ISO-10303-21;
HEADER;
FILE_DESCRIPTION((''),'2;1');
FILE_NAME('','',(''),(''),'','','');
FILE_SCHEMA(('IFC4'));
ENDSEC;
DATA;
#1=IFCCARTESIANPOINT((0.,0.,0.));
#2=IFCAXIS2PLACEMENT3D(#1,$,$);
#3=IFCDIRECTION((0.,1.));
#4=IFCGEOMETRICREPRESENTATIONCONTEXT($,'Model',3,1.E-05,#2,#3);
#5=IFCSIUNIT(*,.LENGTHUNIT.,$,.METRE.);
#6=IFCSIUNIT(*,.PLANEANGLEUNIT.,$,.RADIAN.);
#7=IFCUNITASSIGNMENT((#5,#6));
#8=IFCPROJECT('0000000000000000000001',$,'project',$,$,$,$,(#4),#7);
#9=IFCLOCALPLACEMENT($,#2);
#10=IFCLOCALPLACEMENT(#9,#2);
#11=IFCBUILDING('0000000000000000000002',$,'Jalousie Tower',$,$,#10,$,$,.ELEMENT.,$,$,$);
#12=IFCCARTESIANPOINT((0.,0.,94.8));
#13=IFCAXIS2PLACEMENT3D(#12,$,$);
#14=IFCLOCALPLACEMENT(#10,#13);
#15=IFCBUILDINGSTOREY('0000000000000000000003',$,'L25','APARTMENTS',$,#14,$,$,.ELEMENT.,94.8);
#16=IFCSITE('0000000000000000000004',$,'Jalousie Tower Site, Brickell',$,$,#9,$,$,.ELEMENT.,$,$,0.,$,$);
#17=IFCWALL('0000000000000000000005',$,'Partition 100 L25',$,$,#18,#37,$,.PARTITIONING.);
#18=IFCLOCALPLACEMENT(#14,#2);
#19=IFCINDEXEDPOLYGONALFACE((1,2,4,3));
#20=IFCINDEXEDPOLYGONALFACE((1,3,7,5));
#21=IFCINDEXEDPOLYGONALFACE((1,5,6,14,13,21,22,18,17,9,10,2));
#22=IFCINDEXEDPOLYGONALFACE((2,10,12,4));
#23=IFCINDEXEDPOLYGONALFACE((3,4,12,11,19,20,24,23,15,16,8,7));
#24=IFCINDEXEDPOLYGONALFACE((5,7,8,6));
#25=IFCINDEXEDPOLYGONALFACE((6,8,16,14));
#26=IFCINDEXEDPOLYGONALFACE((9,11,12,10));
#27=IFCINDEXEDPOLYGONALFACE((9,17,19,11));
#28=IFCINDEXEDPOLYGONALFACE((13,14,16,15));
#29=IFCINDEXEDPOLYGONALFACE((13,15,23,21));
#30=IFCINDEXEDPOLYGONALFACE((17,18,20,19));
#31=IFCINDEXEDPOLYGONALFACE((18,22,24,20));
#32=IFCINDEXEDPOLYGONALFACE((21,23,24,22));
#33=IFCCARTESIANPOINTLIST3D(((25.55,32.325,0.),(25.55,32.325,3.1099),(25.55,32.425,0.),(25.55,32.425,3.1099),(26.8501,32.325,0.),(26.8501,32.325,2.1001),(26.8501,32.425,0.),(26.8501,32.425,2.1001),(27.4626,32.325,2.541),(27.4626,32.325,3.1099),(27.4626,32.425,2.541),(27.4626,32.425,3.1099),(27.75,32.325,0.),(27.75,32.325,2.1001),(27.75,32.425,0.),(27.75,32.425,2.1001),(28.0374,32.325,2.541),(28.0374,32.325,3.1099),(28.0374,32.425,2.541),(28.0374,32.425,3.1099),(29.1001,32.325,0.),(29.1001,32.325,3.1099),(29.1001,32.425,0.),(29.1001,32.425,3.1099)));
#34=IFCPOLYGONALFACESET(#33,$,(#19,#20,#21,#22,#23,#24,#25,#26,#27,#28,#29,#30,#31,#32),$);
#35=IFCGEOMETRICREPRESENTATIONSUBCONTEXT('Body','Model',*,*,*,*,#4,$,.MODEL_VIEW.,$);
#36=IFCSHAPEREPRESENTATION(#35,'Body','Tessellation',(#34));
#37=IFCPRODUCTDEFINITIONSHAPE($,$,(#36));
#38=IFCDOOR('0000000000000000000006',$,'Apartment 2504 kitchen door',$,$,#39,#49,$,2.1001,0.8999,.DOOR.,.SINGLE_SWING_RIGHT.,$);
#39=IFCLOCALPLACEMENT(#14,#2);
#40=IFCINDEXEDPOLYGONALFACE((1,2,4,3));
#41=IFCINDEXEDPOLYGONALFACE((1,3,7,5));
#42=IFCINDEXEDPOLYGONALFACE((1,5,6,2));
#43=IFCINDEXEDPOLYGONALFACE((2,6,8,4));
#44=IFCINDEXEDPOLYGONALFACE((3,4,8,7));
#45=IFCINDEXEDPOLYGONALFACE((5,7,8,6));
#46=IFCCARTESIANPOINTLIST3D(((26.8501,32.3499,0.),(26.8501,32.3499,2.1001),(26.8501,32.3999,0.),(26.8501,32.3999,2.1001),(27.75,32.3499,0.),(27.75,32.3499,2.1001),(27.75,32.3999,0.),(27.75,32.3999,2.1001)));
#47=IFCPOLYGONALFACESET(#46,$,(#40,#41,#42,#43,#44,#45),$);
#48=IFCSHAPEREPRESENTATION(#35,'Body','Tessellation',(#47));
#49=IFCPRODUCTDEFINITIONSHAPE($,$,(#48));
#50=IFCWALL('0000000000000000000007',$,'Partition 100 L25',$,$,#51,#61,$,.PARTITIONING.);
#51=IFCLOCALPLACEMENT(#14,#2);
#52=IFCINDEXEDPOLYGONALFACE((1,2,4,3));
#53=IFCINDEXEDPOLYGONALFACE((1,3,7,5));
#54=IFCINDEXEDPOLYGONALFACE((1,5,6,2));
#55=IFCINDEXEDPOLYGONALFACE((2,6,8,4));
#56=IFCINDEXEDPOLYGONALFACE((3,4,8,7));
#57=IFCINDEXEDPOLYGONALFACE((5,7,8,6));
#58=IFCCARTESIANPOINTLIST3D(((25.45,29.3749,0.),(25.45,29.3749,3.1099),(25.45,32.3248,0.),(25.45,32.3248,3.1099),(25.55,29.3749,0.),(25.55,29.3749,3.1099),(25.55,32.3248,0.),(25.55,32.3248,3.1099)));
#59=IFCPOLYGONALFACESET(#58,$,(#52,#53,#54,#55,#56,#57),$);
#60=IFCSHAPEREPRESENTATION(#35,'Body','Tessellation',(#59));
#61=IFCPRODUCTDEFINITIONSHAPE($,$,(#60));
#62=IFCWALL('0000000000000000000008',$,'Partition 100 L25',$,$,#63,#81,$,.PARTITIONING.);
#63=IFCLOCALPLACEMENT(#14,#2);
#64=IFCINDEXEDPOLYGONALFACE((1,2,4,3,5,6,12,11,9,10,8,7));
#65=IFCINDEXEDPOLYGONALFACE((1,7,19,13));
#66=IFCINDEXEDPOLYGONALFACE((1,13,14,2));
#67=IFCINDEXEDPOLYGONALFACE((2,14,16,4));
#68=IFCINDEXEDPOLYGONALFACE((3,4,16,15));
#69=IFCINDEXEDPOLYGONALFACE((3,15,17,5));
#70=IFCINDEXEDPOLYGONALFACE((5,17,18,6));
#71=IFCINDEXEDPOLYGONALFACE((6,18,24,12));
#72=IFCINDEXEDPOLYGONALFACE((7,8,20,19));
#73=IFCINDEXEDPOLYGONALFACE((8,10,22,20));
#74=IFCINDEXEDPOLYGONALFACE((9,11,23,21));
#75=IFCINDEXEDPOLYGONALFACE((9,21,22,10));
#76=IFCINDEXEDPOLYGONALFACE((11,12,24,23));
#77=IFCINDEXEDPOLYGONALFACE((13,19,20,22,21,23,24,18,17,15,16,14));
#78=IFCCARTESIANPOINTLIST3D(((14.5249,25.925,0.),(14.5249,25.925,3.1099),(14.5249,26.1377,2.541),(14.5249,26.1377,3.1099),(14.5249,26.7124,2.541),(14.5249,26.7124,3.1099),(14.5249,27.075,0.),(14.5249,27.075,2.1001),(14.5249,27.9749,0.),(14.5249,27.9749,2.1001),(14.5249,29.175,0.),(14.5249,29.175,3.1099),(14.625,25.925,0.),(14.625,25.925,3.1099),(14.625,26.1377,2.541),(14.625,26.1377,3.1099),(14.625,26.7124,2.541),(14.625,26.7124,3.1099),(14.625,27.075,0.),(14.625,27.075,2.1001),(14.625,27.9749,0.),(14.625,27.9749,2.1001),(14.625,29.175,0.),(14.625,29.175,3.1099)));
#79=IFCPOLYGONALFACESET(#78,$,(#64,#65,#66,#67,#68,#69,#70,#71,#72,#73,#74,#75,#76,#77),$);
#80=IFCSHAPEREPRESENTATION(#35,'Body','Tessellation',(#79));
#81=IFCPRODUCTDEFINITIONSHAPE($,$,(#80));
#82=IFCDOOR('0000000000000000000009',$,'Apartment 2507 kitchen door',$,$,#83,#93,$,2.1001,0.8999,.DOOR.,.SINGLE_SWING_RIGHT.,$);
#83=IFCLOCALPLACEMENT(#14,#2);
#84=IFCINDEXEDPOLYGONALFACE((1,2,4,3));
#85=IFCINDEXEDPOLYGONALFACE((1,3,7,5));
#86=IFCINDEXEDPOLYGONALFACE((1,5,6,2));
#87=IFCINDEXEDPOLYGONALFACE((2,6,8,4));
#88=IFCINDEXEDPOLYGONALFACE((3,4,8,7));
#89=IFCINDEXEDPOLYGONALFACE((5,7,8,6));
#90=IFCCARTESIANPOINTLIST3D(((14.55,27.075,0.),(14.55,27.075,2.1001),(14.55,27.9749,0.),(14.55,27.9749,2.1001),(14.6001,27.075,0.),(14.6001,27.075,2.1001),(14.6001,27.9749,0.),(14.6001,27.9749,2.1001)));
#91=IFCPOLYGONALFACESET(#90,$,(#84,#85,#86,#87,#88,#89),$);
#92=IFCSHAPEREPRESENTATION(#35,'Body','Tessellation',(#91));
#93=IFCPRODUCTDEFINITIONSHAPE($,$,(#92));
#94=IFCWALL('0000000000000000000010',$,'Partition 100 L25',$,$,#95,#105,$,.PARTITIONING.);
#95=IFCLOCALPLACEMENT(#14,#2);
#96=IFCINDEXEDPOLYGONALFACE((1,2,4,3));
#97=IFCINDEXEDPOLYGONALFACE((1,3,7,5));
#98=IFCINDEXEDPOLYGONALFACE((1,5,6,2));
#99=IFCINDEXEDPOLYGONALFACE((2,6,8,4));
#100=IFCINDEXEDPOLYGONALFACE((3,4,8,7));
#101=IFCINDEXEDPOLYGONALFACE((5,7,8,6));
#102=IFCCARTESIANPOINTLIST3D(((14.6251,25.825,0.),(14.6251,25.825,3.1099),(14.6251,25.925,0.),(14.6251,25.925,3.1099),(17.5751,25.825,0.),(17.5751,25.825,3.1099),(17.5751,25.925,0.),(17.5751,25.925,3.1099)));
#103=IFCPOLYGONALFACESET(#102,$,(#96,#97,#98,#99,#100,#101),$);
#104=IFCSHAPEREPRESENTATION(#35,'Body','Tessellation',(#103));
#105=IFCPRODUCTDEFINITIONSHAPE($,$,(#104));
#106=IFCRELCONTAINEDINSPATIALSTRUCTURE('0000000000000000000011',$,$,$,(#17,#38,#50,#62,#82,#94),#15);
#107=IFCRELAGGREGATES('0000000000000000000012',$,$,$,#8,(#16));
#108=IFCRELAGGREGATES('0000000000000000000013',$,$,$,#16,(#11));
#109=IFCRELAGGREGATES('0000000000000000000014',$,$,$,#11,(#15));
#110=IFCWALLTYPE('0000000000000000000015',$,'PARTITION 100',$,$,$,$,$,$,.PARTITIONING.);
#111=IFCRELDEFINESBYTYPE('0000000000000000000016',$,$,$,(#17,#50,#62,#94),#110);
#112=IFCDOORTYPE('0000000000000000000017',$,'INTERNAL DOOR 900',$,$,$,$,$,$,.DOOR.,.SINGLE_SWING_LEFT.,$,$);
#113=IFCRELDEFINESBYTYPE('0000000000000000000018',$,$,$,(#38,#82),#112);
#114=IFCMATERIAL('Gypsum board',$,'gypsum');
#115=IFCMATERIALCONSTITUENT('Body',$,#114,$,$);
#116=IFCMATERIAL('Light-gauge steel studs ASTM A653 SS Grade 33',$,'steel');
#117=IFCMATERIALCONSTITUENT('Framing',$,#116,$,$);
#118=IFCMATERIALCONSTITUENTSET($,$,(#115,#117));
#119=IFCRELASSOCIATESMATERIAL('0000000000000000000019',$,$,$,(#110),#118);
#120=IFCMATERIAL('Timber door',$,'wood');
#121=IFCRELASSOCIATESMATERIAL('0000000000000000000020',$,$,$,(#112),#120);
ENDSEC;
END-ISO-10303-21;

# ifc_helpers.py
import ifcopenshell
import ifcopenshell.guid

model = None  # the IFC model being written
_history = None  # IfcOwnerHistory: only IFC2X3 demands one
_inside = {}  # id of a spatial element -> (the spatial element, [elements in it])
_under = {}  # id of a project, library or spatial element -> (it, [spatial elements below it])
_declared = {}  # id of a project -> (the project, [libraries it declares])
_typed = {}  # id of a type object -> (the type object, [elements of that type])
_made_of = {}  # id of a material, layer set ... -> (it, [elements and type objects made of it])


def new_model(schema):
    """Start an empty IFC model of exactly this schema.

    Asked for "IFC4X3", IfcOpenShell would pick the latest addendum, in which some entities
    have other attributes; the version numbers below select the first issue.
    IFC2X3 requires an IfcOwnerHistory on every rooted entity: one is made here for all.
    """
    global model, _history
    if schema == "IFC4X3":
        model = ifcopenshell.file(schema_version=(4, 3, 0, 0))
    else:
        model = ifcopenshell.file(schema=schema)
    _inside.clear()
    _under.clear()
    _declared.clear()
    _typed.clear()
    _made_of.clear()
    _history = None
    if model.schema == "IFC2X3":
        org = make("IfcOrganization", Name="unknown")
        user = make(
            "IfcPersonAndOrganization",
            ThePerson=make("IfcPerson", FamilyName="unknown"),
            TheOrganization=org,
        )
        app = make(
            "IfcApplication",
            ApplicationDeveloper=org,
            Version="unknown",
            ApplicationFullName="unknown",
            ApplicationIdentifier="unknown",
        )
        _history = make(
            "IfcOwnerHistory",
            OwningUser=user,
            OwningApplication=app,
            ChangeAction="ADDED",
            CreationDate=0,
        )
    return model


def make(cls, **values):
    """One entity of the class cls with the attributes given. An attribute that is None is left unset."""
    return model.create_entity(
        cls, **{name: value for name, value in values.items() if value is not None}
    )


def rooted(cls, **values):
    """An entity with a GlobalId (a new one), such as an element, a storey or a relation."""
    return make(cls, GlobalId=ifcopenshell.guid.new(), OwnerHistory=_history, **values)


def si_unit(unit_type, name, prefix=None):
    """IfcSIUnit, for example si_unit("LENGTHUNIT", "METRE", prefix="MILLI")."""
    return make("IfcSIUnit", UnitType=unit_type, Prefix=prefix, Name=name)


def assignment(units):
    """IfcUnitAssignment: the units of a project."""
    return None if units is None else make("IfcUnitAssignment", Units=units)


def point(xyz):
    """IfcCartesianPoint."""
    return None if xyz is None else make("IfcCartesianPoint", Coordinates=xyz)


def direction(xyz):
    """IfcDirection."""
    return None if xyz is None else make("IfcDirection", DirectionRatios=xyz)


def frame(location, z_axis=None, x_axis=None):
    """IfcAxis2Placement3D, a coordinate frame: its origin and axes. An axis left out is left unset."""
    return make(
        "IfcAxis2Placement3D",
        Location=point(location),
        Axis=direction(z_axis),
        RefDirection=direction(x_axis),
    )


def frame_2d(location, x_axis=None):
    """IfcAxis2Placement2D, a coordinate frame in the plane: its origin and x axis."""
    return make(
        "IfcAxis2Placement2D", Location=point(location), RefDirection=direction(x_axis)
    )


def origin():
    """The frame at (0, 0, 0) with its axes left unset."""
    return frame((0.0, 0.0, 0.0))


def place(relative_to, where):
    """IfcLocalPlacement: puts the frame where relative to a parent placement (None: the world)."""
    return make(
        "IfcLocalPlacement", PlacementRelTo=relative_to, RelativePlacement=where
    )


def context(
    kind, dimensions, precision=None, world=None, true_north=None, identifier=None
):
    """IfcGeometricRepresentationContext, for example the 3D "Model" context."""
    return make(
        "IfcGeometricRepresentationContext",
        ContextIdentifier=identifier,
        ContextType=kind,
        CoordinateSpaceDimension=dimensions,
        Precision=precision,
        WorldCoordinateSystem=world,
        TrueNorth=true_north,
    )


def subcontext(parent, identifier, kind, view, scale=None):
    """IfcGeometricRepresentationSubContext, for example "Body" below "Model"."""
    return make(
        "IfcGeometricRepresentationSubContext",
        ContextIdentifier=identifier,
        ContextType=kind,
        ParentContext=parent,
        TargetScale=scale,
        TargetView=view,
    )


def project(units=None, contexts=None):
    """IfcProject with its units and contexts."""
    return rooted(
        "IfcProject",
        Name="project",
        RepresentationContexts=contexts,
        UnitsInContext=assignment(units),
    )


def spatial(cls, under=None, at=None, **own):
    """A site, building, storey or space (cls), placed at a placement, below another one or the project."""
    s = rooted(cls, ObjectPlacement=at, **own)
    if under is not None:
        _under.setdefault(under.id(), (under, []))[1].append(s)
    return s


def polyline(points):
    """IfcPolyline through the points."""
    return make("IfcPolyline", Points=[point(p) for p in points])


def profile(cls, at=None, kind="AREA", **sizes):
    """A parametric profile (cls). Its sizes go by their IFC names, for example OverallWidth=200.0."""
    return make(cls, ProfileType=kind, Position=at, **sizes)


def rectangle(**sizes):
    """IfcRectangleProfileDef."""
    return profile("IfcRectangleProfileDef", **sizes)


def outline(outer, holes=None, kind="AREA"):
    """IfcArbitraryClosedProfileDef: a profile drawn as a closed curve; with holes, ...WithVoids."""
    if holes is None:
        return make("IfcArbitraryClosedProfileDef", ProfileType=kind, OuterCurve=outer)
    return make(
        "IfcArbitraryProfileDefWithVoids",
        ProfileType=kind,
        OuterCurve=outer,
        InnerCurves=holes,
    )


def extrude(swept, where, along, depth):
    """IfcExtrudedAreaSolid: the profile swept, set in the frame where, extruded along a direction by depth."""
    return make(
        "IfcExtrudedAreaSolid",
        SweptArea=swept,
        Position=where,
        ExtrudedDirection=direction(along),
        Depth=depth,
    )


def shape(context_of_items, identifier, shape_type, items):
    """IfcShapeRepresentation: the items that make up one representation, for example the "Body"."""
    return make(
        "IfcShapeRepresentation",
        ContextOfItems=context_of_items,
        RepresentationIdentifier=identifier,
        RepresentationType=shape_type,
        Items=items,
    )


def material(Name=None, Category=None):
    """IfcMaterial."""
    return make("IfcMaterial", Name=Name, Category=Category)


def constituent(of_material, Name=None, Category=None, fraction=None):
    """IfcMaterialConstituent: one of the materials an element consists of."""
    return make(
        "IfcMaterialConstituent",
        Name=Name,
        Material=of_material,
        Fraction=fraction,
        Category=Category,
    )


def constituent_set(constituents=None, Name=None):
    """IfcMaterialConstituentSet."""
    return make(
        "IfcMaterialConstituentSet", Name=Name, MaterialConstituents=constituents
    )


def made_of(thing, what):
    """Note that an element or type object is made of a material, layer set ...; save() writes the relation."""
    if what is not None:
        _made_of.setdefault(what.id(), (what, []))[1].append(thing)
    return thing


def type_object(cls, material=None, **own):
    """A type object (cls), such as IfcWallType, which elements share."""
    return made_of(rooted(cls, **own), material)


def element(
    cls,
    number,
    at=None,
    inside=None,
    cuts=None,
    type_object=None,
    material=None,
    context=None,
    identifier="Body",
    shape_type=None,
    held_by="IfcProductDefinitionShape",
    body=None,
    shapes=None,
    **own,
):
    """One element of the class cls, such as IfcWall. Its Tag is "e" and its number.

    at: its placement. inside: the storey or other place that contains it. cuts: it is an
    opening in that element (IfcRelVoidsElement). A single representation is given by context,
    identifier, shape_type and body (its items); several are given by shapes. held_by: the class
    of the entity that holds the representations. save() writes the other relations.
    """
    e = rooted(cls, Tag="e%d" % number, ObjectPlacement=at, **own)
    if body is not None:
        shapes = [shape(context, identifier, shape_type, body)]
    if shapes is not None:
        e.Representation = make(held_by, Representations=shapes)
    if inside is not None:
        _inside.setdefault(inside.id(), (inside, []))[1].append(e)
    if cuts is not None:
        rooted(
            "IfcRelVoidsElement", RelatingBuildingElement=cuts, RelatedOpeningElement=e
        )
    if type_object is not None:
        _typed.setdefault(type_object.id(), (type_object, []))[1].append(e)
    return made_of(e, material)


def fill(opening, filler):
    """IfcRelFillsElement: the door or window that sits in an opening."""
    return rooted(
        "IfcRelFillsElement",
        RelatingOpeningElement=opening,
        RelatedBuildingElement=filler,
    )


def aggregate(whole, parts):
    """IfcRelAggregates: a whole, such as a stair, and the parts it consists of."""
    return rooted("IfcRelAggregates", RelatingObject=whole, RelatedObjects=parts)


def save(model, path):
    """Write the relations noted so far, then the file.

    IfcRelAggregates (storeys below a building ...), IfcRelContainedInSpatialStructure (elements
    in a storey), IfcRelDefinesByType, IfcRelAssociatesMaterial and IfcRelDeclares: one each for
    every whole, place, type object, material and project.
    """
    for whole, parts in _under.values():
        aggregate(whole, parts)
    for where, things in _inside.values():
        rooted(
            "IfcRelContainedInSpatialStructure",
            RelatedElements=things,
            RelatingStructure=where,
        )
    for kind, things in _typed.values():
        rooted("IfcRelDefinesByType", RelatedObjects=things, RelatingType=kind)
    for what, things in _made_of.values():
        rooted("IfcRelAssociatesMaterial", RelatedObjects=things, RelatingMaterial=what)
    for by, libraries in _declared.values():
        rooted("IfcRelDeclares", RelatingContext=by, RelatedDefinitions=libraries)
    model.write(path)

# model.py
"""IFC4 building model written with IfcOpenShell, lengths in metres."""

from ifc_helpers import new_model, si_unit, direction, frame, frame_2d, origin, place, context, subcontext, project, spatial, polyline, rectangle, outline, extrude, material, constituent, constituent_set, type_object, element, fill, save


model = new_model("IFC4")

# Units and contexts
model_context = context("Model", 3, precision=1e-05, world=origin(), true_north=direction((0.0, 1.0)))
body_context = subcontext(model_context, "Body", "Model", "MODEL_VIEW")
ifc_project = project(units=[si_unit("LENGTHUNIT", "METRE"), si_unit("PLANEANGLEUNIT", "RADIAN")], contexts=[model_context])

# Site, building, storey
site_placement = place(None, origin())
site = spatial("IfcSite", under=ifc_project, at=site_placement, Name="Jalousie Tower Site, Brickell", CompositionType="ELEMENT", RefElevation=0.0)
building_placement = place(site_placement, origin())
building = spatial("IfcBuilding", under=site, at=building_placement, Name="Jalousie Tower", CompositionType="ELEMENT")
storey_placement = place(building_placement, frame((0.0, 0.0, 94.8)))
storey = spatial("IfcBuildingStorey", under=building, at=storey_placement, Name="L25", Description="APARTMENTS", CompositionType="ELEMENT", Elevation=94.8)

# Wall, opening, door
ifc_material_1 = material(Name="Gypsum board", Category="gypsum")
ifc_constituent_1 = constituent(ifc_material_1, Name="Body")
ifc_material_2 = material(Name="Light-gauge steel studs ASTM A653 SS Grade 33", Category="steel")
ifc_constituent_2 = constituent(ifc_material_2, Name="Framing")
ifc_constituent_set_1 = constituent_set(constituents=[ifc_constituent_1, ifc_constituent_2])
wall_type_1 = type_object("IfcWallType", Name="PARTITION 100", PredefinedType="PARTITIONING", material=ifc_constituent_set_1)
wall_1_placement = place(storey_placement, frame((25.55, 32.375, 0.0), z_axis=(0.0, 0.0, 1.0), x_axis=(1.0, 0.0, 0.0)))
wall_1 = element("IfcWall", 1, at=wall_1_placement, inside=storey, type_object=wall_type_1, Name="Partition 100 L25", PredefinedType="PARTITIONING", context=body_context, shape_type="SweptSolid", body=[
    extrude(outline(polyline([(0.0, 0.0), (3.55, 0.0), (3.55, 3.1099), (2.4873, 3.1099), (2.4873, 2.541), (1.9126, 2.541), (1.9126, 3.1099), (0.0, 3.1099), (0.0, 0.0)])), frame((0.0, 0.05, 0.0), z_axis=(0.0, -1.0, 0.0), x_axis=(1.0, 0.0, 0.0)), (0.0, 0.0, 1.0), 0.1001),
])
opening_1_placement = place(wall_1_placement, frame((1.3, 0.0, 0.0)))
opening_1 = element("IfcOpeningElement", 2, at=opening_1_placement, cuts=wall_1, PredefinedType="OPENING", context=body_context, shape_type="SweptSolid", body=[
    extrude(rectangle(XDim=0.8999, YDim=2.1001, at=frame_2d((0.45, 1.05))), frame((0.0, 0.0601, 0.0), z_axis=(0.0, -1.0, 0.0), x_axis=(1.0, 0.0, 0.0)), (0.0, 0.0, 1.0), 0.1201),
])
ifc_material_3 = material(Name="Timber door", Category="wood")
door_type_1 = type_object("IfcDoorType", Name="INTERNAL DOOR 900", OperationType="SINGLE_SWING_LEFT", PredefinedType="DOOR", material=ifc_material_3)
door_1_placement = place(opening_1_placement, origin())
door_1 = element("IfcDoor", 3, at=door_1_placement, inside=storey, type_object=door_type_1, Name="Apartment 2504 kitchen door", OperationType="SINGLE_SWING_RIGHT", OverallHeight=2.1001, OverallWidth=0.8999, PredefinedType="DOOR", context=body_context, shape_type="SweptSolid", body=[
    extrude(rectangle(XDim=0.8999, YDim=2.1001, at=frame_2d((0.45, 1.05))), frame((0.0, 0.0249, 0.0), z_axis=(0.0, -1.0, 0.0), x_axis=(1.0, 0.0, 0.0)), (0.0, 0.0, 1.0), 0.05),
])
fill(opening_1, door_1)

# Wall
wall_2_placement = place(storey_placement, frame((25.5, 32.325, 0.0), z_axis=(0.0, 0.0, 1.0), x_axis=(0.0, -1.0, 0.0)))
element("IfcWall", 4, at=wall_2_placement, inside=storey, type_object=wall_type_1, Name="Partition 100 L25", PredefinedType="PARTITIONING", context=body_context, shape_type="SweptSolid", body=[
    extrude(rectangle(XDim=2.95, YDim=0.1001, at=frame_2d((1.4751, 0.0))), origin(), (0.0, 0.0, 1.0), 3.1099),
])

# Wall, opening, door
wall_3_placement = place(storey_placement, frame((14.575, 25.925, 0.0), z_axis=(0.0, 0.0, 1.0), x_axis=(0.0, 1.0, 0.0)))
wall_3 = element("IfcWall", 5, at=wall_3_placement, inside=storey, type_object=wall_type_1, Name="Partition 100 L25", PredefinedType="PARTITIONING", context=body_context, shape_type="SweptSolid", body=[
    extrude(outline(polyline([(0.0, 0.0), (3.25, 0.0), (3.25, 3.1099), (0.7874, 3.1099), (0.7874, 2.541), (0.2126, 2.541), (0.2126, 3.1099), (0.0, 3.1099), (0.0, 0.0)])), frame((0.0, 0.05, 0.0), z_axis=(0.0, -1.0, 0.0), x_axis=(1.0, 0.0, 0.0)), (0.0, 0.0, 1.0), 0.1001),
])
opening_2_placement = place(wall_3_placement, frame((1.1499, 0.0, 0.0)))
opening_2 = element("IfcOpeningElement", 6, at=opening_2_placement, cuts=wall_3, PredefinedType="OPENING", context=body_context, shape_type="SweptSolid", body=[
    extrude(rectangle(XDim=0.8999, YDim=2.1001, at=frame_2d((0.45, 1.05))), frame((0.0, 0.0601, 0.0), z_axis=(0.0, -1.0, 0.0), x_axis=(1.0, 0.0, 0.0)), (0.0, 0.0, 1.0), 0.1201),
])
door_2_placement = place(opening_2_placement, origin())
door_2 = element("IfcDoor", 7, at=door_2_placement, inside=storey, type_object=door_type_1, Name="Apartment 2507 kitchen door", OperationType="SINGLE_SWING_RIGHT", OverallHeight=2.1001, OverallWidth=0.8999, PredefinedType="DOOR", context=body_context, shape_type="SweptSolid", body=[
    extrude(rectangle(XDim=0.8999, YDim=2.1001, at=frame_2d((0.45, 1.05))), frame((0.0, 0.0249, 0.0), z_axis=(0.0, -1.0, 0.0), x_axis=(1.0, 0.0, 0.0)), (0.0, 0.0, 1.0), 0.05),
])
fill(opening_2, door_2)

# Wall
wall_4_placement = place(storey_placement, frame((14.625, 25.875, 0.0), z_axis=(0.0, 0.0, 1.0), x_axis=(1.0, 0.0, 0.0)))
element("IfcWall", 8, at=wall_4_placement, inside=storey, type_object=wall_type_1, Name="Partition 100 L25", PredefinedType="PARTITIONING", context=body_context, shape_type="SweptSolid", body=[
    extrude(rectangle(XDim=2.95, YDim=0.1001, at=frame_2d((1.4751, 0.0))), origin(), (0.0, 0.0, 1.0), 3.1099),
])

save(model, "model.ifc")
